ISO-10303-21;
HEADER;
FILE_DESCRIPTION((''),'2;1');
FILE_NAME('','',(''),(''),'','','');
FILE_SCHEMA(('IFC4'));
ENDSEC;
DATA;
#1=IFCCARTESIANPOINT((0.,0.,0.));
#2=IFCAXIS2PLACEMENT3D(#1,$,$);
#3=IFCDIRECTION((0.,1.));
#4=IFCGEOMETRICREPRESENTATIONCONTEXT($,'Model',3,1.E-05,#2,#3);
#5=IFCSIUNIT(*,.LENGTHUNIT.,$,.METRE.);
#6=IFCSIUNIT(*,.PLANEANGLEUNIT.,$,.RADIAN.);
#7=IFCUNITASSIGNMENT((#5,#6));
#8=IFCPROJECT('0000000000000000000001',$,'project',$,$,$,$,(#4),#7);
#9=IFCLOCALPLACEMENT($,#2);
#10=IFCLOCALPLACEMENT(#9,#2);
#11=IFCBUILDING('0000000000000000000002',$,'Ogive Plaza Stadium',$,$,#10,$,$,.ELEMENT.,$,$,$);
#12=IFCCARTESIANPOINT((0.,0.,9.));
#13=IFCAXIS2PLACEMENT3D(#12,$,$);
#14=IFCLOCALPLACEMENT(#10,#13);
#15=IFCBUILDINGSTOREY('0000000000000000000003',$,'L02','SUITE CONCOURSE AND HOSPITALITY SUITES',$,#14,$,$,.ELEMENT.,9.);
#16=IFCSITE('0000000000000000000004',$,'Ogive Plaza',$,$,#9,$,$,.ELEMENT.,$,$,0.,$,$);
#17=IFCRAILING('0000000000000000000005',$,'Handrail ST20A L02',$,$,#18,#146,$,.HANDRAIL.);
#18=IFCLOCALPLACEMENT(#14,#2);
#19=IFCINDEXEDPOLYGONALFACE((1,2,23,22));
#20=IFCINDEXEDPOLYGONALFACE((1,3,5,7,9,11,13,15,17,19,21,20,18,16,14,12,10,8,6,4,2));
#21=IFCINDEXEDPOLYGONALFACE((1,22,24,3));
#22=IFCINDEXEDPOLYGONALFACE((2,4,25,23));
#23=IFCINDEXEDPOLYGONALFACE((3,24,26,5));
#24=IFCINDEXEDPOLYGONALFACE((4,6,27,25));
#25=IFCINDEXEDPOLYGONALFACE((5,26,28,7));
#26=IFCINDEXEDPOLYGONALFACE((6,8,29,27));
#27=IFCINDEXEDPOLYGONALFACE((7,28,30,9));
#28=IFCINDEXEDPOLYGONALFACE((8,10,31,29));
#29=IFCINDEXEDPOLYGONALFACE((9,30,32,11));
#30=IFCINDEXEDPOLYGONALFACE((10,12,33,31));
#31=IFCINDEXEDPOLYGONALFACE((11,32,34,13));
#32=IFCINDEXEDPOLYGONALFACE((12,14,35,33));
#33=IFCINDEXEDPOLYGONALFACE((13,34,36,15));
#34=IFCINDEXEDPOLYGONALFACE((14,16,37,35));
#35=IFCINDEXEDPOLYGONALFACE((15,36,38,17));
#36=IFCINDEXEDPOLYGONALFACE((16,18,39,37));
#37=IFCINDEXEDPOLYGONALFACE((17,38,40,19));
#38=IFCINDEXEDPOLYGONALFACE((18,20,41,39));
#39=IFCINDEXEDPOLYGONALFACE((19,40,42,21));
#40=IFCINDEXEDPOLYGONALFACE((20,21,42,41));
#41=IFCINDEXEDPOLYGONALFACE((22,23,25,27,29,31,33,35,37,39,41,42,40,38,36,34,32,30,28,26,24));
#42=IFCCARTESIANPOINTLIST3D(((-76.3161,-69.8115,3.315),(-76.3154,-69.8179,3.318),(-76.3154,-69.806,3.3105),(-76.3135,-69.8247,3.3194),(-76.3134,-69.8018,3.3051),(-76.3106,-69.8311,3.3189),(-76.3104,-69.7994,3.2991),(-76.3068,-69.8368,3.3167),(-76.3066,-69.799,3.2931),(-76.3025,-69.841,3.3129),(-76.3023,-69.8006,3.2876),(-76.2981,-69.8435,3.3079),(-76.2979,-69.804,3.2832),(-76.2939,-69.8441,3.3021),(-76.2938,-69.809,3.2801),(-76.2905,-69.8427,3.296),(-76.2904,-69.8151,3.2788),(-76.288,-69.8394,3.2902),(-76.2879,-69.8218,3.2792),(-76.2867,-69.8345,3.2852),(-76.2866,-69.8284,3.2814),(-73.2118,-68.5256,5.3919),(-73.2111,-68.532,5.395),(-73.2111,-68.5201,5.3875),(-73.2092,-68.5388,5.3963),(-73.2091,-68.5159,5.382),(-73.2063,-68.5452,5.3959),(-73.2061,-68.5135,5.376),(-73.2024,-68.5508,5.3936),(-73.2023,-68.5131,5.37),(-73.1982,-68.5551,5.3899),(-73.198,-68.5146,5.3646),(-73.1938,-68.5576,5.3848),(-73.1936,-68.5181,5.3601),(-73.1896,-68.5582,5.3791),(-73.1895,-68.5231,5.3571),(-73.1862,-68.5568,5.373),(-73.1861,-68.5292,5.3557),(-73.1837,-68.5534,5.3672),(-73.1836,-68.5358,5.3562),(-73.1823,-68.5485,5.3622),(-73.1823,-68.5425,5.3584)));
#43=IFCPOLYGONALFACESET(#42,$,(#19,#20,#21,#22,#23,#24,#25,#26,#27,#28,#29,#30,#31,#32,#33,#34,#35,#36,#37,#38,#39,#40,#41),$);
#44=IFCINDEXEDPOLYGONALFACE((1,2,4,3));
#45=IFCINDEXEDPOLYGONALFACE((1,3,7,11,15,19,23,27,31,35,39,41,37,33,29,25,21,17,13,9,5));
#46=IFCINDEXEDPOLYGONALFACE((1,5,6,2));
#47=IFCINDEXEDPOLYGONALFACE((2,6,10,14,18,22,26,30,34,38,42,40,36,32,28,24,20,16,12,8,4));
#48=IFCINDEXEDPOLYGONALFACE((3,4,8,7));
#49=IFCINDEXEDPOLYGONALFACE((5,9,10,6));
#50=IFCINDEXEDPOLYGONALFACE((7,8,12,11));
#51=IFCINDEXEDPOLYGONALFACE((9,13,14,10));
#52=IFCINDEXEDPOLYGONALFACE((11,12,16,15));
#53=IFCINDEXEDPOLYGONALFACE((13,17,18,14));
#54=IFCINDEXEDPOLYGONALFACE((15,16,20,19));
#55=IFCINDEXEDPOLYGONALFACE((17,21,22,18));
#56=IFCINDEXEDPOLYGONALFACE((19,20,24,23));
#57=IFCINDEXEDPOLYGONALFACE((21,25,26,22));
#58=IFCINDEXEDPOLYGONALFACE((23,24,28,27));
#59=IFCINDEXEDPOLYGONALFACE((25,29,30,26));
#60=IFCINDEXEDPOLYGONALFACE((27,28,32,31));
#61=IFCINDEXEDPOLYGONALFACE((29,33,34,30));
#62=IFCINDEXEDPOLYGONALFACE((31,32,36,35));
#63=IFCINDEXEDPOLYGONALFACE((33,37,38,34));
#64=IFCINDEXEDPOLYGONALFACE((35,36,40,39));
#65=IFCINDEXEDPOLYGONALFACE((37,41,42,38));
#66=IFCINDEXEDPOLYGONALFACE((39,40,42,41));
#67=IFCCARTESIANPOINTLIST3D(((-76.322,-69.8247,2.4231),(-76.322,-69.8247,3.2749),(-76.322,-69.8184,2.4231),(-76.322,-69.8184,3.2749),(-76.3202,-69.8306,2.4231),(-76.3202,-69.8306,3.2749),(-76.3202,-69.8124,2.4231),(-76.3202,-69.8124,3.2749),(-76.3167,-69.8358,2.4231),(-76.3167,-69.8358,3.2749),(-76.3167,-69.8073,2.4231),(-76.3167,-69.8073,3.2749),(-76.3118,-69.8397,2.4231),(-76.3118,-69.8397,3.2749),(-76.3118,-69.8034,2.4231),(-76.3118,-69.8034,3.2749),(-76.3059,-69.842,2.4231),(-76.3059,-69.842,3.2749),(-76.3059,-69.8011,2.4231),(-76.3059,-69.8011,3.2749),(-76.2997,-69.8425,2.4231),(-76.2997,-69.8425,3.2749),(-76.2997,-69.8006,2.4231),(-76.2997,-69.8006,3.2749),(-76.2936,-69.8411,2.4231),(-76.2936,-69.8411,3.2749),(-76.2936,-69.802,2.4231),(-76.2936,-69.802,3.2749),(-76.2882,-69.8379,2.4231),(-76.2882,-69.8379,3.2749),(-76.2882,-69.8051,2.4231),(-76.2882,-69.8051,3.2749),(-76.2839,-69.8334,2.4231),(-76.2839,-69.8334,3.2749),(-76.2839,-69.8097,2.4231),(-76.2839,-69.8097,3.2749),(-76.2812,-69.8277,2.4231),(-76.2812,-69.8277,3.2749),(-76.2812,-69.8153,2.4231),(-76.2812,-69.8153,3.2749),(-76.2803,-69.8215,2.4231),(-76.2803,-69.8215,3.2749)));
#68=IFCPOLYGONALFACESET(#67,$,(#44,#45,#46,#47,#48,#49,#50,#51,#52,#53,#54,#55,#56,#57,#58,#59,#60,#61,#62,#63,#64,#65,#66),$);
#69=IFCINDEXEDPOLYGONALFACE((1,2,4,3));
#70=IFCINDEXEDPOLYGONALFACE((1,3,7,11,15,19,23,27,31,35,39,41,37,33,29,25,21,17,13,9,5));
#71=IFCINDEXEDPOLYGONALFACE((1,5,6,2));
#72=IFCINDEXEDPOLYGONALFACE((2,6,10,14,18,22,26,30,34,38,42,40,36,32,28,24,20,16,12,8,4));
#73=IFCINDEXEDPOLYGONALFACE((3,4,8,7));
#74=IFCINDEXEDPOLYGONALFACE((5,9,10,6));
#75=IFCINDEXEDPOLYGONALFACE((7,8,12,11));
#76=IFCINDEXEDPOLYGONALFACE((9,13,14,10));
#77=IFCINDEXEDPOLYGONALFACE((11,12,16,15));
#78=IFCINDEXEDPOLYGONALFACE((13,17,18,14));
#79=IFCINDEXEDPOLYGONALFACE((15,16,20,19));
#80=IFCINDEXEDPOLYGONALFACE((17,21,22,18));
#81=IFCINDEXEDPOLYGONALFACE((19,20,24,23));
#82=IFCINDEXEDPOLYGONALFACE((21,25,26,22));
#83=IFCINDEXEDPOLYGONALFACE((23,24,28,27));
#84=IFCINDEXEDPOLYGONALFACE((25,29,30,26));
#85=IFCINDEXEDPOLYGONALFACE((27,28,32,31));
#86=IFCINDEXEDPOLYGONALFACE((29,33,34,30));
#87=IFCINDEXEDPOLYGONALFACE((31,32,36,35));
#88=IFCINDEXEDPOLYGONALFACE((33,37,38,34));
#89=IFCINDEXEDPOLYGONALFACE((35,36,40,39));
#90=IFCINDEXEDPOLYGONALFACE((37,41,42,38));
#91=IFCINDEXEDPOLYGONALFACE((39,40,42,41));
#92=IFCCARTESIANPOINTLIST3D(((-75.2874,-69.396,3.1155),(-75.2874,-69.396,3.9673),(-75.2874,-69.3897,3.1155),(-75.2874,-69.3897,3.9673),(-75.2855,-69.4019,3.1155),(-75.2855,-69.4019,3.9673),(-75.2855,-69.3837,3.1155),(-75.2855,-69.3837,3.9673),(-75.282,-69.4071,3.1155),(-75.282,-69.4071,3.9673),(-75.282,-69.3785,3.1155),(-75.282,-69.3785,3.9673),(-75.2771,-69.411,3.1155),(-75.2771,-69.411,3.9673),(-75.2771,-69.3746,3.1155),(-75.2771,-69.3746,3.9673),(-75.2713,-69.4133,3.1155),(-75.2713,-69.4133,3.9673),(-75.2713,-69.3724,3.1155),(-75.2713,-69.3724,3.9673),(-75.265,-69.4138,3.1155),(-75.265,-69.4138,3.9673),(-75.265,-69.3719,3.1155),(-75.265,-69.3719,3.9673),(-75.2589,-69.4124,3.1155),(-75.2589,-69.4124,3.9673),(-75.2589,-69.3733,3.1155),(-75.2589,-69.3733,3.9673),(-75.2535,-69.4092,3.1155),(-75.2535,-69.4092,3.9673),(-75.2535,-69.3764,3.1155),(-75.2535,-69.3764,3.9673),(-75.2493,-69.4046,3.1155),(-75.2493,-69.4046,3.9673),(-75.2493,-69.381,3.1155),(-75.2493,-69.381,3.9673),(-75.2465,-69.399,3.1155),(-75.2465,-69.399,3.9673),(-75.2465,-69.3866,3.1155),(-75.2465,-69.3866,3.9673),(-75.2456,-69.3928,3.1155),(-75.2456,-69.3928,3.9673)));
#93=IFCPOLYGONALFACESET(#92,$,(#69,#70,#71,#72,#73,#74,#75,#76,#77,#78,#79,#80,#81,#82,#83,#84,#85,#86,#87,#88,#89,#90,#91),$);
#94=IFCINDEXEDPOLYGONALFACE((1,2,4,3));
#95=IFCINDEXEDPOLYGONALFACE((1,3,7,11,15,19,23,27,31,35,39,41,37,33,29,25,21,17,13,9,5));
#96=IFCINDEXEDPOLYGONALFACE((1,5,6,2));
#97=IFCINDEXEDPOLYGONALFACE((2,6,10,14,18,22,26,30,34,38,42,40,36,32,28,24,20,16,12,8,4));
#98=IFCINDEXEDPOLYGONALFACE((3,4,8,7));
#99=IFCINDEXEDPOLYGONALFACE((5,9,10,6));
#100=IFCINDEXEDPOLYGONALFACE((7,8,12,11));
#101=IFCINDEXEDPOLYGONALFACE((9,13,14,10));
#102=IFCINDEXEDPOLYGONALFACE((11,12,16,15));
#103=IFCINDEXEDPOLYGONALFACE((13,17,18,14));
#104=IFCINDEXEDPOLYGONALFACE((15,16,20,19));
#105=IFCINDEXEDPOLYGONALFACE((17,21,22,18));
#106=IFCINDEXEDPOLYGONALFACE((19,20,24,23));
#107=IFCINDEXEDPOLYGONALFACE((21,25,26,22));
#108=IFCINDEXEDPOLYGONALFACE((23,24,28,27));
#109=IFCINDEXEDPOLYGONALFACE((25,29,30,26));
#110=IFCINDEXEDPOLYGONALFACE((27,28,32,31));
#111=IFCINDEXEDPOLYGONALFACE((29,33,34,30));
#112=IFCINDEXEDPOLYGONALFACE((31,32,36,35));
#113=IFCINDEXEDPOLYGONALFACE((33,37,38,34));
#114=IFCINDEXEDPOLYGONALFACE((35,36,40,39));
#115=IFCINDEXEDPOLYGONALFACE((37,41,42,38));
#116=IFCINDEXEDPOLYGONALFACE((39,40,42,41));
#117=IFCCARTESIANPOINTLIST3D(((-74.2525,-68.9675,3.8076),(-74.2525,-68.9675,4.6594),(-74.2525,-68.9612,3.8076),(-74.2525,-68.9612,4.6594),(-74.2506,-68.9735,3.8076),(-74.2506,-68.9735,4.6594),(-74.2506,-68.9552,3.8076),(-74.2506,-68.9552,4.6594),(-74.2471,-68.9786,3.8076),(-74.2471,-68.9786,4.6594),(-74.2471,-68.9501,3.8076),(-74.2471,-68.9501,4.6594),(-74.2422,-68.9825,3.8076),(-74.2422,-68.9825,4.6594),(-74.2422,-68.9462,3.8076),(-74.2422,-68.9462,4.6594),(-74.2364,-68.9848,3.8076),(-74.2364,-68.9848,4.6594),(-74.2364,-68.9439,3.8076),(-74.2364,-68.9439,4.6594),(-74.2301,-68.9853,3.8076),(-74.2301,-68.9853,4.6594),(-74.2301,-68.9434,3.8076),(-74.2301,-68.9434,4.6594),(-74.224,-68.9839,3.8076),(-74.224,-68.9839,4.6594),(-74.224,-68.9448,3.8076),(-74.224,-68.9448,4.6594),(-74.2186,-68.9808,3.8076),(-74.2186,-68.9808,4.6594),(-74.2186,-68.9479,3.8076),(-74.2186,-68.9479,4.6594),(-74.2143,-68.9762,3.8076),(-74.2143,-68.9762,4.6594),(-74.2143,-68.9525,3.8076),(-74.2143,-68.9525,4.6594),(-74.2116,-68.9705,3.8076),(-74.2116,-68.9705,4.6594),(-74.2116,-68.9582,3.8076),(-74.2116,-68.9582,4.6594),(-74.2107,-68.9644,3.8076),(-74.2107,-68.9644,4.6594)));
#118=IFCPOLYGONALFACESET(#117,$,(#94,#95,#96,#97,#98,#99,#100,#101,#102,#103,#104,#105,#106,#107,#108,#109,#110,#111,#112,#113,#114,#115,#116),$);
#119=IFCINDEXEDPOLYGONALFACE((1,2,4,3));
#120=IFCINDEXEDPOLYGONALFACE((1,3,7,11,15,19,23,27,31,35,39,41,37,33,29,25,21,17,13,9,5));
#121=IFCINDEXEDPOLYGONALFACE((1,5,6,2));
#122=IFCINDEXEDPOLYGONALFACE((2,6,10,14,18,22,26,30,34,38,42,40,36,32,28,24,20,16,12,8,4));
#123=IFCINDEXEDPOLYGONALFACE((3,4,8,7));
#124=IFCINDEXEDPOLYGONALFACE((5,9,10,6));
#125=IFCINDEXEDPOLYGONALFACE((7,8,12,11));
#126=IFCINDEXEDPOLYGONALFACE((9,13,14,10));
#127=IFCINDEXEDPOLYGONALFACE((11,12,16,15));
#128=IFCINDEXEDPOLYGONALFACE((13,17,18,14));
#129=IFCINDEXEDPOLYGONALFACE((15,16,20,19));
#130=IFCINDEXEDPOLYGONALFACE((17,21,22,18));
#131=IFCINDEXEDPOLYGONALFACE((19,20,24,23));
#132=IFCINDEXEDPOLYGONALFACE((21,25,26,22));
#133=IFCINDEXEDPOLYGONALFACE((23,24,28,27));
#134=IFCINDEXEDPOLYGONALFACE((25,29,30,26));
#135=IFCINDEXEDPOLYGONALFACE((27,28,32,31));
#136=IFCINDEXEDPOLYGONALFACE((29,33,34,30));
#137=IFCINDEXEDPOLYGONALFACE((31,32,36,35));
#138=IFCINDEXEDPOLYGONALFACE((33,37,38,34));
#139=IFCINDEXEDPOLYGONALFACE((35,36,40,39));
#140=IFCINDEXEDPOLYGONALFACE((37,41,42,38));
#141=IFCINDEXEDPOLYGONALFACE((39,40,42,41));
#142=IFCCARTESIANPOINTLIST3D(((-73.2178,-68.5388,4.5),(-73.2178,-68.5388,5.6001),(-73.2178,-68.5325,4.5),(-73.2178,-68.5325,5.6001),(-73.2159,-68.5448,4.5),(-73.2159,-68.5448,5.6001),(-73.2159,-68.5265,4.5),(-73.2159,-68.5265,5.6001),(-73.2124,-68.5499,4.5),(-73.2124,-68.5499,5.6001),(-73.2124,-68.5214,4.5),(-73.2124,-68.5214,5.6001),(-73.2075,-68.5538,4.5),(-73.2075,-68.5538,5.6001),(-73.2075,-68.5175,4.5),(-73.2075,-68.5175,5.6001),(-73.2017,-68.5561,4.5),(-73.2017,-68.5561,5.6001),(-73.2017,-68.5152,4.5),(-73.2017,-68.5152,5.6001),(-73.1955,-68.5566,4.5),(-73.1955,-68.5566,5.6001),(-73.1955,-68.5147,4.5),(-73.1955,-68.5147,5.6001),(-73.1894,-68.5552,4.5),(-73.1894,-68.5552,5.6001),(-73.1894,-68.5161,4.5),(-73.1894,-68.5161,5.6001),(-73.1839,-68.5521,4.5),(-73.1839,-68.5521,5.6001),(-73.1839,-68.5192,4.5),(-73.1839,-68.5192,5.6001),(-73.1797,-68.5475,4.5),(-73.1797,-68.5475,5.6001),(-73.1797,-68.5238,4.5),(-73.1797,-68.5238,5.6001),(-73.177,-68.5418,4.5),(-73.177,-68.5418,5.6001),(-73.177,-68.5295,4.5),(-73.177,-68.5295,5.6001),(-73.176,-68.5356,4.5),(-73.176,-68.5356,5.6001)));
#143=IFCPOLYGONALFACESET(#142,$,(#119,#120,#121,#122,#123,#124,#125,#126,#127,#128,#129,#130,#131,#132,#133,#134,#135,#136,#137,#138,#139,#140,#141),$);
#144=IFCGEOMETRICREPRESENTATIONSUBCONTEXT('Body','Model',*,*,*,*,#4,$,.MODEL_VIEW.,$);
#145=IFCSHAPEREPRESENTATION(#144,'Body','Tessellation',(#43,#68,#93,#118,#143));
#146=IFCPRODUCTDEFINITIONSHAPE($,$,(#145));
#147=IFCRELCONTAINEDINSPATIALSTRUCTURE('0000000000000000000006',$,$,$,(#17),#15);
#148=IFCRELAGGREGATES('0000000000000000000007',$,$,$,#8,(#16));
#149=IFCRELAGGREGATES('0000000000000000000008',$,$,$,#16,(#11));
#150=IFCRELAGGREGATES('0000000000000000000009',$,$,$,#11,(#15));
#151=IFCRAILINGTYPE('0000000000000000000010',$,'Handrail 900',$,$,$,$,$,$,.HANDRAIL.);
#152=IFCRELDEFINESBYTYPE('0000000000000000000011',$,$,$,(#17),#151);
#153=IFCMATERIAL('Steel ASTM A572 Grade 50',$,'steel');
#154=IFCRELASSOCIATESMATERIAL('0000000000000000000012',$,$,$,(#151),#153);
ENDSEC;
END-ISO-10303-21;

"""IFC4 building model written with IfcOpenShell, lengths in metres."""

from ifc_helpers import new_model, si_unit, direction, frame, origin, origin_2d, place, context, subcontext, project, spatial, circle, extrude, material, type_object, element, save


model = new_model("IFC4")

# Units and contexts
model_context = context("Model", 3, precision=1e-05, world=origin(), true_north=direction((0.0, 1.0)))
body_context = subcontext(model_context, "Body", "Model", "MODEL_VIEW")
ifc_project = project(units=[si_unit("LENGTHUNIT", "METRE"), si_unit("PLANEANGLEUNIT", "RADIAN")], contexts=[model_context])

# Site, building, storey
site_placement = place(None, origin())
site = spatial("IfcSite", under=ifc_project, at=site_placement, Name="Ogive Plaza", CompositionType="ELEMENT", RefElevation=0.0)
building_placement = place(site_placement, origin())
building = spatial("IfcBuilding", under=site, at=building_placement, Name="Ogive Plaza Stadium", CompositionType="ELEMENT")
storey_placement = place(building_placement, frame((0.0, 0.0, 9.0)))
storey = spatial("IfcBuildingStorey", under=building, at=storey_placement, Name="L02", Description="SUITE CONCOURSE AND HOSPITALITY SUITES", CompositionType="ELEMENT", Elevation=9.0)

# Railing
ifc_material_1 = material(Name="Steel ASTM A572 Grade 50", Category="steel")
railing_type_1 = type_object("IfcRailingType", Name="Handrail 900", PredefinedType="HANDRAIL", material=ifc_material_1)
for number, where, name in (
    (1, (-76.3013, -69.8215, 2.4231), "Handrail ST20A L02"),
):
    element("IfcRailing", number, at=place(storey_placement, frame(where)), inside=storey, type_object=railing_type_1, Name=name, PredefinedType="HANDRAIL", context=body_context, shape_type="SweptSolid", body=[
        extrude(circle(Radius=0.0239, at=origin_2d()), frame((0.0, 0.0, 0.876), z_axis=(0.785863, 0.325532, 0.525783), x_axis=(-0.3827, 0.923872, 0.0)), (0.0, 0.0, 1.0), 3.9502),
        extrude(circle(Radius=0.021, at=origin_2d()), origin(), (0.0, 0.0, 1.0), 0.8518),
        extrude(circle(Radius=0.021, at=origin_2d()), frame((1.0347, 0.4287, 0.6924)), (0.0, 0.0, 1.0), 0.8518),
        extrude(circle(Radius=0.021, at=origin_2d()), frame((2.0696, 0.8572, 1.3845)), (0.0, 0.0, 1.0), 0.8518),
        extrude(circle(Radius=0.021, at=origin_2d()), frame((3.1042, 1.2859, 2.0769)), (0.0, 0.0, 1.0), 1.1001),
    ])

save(model, "model.ifc")
